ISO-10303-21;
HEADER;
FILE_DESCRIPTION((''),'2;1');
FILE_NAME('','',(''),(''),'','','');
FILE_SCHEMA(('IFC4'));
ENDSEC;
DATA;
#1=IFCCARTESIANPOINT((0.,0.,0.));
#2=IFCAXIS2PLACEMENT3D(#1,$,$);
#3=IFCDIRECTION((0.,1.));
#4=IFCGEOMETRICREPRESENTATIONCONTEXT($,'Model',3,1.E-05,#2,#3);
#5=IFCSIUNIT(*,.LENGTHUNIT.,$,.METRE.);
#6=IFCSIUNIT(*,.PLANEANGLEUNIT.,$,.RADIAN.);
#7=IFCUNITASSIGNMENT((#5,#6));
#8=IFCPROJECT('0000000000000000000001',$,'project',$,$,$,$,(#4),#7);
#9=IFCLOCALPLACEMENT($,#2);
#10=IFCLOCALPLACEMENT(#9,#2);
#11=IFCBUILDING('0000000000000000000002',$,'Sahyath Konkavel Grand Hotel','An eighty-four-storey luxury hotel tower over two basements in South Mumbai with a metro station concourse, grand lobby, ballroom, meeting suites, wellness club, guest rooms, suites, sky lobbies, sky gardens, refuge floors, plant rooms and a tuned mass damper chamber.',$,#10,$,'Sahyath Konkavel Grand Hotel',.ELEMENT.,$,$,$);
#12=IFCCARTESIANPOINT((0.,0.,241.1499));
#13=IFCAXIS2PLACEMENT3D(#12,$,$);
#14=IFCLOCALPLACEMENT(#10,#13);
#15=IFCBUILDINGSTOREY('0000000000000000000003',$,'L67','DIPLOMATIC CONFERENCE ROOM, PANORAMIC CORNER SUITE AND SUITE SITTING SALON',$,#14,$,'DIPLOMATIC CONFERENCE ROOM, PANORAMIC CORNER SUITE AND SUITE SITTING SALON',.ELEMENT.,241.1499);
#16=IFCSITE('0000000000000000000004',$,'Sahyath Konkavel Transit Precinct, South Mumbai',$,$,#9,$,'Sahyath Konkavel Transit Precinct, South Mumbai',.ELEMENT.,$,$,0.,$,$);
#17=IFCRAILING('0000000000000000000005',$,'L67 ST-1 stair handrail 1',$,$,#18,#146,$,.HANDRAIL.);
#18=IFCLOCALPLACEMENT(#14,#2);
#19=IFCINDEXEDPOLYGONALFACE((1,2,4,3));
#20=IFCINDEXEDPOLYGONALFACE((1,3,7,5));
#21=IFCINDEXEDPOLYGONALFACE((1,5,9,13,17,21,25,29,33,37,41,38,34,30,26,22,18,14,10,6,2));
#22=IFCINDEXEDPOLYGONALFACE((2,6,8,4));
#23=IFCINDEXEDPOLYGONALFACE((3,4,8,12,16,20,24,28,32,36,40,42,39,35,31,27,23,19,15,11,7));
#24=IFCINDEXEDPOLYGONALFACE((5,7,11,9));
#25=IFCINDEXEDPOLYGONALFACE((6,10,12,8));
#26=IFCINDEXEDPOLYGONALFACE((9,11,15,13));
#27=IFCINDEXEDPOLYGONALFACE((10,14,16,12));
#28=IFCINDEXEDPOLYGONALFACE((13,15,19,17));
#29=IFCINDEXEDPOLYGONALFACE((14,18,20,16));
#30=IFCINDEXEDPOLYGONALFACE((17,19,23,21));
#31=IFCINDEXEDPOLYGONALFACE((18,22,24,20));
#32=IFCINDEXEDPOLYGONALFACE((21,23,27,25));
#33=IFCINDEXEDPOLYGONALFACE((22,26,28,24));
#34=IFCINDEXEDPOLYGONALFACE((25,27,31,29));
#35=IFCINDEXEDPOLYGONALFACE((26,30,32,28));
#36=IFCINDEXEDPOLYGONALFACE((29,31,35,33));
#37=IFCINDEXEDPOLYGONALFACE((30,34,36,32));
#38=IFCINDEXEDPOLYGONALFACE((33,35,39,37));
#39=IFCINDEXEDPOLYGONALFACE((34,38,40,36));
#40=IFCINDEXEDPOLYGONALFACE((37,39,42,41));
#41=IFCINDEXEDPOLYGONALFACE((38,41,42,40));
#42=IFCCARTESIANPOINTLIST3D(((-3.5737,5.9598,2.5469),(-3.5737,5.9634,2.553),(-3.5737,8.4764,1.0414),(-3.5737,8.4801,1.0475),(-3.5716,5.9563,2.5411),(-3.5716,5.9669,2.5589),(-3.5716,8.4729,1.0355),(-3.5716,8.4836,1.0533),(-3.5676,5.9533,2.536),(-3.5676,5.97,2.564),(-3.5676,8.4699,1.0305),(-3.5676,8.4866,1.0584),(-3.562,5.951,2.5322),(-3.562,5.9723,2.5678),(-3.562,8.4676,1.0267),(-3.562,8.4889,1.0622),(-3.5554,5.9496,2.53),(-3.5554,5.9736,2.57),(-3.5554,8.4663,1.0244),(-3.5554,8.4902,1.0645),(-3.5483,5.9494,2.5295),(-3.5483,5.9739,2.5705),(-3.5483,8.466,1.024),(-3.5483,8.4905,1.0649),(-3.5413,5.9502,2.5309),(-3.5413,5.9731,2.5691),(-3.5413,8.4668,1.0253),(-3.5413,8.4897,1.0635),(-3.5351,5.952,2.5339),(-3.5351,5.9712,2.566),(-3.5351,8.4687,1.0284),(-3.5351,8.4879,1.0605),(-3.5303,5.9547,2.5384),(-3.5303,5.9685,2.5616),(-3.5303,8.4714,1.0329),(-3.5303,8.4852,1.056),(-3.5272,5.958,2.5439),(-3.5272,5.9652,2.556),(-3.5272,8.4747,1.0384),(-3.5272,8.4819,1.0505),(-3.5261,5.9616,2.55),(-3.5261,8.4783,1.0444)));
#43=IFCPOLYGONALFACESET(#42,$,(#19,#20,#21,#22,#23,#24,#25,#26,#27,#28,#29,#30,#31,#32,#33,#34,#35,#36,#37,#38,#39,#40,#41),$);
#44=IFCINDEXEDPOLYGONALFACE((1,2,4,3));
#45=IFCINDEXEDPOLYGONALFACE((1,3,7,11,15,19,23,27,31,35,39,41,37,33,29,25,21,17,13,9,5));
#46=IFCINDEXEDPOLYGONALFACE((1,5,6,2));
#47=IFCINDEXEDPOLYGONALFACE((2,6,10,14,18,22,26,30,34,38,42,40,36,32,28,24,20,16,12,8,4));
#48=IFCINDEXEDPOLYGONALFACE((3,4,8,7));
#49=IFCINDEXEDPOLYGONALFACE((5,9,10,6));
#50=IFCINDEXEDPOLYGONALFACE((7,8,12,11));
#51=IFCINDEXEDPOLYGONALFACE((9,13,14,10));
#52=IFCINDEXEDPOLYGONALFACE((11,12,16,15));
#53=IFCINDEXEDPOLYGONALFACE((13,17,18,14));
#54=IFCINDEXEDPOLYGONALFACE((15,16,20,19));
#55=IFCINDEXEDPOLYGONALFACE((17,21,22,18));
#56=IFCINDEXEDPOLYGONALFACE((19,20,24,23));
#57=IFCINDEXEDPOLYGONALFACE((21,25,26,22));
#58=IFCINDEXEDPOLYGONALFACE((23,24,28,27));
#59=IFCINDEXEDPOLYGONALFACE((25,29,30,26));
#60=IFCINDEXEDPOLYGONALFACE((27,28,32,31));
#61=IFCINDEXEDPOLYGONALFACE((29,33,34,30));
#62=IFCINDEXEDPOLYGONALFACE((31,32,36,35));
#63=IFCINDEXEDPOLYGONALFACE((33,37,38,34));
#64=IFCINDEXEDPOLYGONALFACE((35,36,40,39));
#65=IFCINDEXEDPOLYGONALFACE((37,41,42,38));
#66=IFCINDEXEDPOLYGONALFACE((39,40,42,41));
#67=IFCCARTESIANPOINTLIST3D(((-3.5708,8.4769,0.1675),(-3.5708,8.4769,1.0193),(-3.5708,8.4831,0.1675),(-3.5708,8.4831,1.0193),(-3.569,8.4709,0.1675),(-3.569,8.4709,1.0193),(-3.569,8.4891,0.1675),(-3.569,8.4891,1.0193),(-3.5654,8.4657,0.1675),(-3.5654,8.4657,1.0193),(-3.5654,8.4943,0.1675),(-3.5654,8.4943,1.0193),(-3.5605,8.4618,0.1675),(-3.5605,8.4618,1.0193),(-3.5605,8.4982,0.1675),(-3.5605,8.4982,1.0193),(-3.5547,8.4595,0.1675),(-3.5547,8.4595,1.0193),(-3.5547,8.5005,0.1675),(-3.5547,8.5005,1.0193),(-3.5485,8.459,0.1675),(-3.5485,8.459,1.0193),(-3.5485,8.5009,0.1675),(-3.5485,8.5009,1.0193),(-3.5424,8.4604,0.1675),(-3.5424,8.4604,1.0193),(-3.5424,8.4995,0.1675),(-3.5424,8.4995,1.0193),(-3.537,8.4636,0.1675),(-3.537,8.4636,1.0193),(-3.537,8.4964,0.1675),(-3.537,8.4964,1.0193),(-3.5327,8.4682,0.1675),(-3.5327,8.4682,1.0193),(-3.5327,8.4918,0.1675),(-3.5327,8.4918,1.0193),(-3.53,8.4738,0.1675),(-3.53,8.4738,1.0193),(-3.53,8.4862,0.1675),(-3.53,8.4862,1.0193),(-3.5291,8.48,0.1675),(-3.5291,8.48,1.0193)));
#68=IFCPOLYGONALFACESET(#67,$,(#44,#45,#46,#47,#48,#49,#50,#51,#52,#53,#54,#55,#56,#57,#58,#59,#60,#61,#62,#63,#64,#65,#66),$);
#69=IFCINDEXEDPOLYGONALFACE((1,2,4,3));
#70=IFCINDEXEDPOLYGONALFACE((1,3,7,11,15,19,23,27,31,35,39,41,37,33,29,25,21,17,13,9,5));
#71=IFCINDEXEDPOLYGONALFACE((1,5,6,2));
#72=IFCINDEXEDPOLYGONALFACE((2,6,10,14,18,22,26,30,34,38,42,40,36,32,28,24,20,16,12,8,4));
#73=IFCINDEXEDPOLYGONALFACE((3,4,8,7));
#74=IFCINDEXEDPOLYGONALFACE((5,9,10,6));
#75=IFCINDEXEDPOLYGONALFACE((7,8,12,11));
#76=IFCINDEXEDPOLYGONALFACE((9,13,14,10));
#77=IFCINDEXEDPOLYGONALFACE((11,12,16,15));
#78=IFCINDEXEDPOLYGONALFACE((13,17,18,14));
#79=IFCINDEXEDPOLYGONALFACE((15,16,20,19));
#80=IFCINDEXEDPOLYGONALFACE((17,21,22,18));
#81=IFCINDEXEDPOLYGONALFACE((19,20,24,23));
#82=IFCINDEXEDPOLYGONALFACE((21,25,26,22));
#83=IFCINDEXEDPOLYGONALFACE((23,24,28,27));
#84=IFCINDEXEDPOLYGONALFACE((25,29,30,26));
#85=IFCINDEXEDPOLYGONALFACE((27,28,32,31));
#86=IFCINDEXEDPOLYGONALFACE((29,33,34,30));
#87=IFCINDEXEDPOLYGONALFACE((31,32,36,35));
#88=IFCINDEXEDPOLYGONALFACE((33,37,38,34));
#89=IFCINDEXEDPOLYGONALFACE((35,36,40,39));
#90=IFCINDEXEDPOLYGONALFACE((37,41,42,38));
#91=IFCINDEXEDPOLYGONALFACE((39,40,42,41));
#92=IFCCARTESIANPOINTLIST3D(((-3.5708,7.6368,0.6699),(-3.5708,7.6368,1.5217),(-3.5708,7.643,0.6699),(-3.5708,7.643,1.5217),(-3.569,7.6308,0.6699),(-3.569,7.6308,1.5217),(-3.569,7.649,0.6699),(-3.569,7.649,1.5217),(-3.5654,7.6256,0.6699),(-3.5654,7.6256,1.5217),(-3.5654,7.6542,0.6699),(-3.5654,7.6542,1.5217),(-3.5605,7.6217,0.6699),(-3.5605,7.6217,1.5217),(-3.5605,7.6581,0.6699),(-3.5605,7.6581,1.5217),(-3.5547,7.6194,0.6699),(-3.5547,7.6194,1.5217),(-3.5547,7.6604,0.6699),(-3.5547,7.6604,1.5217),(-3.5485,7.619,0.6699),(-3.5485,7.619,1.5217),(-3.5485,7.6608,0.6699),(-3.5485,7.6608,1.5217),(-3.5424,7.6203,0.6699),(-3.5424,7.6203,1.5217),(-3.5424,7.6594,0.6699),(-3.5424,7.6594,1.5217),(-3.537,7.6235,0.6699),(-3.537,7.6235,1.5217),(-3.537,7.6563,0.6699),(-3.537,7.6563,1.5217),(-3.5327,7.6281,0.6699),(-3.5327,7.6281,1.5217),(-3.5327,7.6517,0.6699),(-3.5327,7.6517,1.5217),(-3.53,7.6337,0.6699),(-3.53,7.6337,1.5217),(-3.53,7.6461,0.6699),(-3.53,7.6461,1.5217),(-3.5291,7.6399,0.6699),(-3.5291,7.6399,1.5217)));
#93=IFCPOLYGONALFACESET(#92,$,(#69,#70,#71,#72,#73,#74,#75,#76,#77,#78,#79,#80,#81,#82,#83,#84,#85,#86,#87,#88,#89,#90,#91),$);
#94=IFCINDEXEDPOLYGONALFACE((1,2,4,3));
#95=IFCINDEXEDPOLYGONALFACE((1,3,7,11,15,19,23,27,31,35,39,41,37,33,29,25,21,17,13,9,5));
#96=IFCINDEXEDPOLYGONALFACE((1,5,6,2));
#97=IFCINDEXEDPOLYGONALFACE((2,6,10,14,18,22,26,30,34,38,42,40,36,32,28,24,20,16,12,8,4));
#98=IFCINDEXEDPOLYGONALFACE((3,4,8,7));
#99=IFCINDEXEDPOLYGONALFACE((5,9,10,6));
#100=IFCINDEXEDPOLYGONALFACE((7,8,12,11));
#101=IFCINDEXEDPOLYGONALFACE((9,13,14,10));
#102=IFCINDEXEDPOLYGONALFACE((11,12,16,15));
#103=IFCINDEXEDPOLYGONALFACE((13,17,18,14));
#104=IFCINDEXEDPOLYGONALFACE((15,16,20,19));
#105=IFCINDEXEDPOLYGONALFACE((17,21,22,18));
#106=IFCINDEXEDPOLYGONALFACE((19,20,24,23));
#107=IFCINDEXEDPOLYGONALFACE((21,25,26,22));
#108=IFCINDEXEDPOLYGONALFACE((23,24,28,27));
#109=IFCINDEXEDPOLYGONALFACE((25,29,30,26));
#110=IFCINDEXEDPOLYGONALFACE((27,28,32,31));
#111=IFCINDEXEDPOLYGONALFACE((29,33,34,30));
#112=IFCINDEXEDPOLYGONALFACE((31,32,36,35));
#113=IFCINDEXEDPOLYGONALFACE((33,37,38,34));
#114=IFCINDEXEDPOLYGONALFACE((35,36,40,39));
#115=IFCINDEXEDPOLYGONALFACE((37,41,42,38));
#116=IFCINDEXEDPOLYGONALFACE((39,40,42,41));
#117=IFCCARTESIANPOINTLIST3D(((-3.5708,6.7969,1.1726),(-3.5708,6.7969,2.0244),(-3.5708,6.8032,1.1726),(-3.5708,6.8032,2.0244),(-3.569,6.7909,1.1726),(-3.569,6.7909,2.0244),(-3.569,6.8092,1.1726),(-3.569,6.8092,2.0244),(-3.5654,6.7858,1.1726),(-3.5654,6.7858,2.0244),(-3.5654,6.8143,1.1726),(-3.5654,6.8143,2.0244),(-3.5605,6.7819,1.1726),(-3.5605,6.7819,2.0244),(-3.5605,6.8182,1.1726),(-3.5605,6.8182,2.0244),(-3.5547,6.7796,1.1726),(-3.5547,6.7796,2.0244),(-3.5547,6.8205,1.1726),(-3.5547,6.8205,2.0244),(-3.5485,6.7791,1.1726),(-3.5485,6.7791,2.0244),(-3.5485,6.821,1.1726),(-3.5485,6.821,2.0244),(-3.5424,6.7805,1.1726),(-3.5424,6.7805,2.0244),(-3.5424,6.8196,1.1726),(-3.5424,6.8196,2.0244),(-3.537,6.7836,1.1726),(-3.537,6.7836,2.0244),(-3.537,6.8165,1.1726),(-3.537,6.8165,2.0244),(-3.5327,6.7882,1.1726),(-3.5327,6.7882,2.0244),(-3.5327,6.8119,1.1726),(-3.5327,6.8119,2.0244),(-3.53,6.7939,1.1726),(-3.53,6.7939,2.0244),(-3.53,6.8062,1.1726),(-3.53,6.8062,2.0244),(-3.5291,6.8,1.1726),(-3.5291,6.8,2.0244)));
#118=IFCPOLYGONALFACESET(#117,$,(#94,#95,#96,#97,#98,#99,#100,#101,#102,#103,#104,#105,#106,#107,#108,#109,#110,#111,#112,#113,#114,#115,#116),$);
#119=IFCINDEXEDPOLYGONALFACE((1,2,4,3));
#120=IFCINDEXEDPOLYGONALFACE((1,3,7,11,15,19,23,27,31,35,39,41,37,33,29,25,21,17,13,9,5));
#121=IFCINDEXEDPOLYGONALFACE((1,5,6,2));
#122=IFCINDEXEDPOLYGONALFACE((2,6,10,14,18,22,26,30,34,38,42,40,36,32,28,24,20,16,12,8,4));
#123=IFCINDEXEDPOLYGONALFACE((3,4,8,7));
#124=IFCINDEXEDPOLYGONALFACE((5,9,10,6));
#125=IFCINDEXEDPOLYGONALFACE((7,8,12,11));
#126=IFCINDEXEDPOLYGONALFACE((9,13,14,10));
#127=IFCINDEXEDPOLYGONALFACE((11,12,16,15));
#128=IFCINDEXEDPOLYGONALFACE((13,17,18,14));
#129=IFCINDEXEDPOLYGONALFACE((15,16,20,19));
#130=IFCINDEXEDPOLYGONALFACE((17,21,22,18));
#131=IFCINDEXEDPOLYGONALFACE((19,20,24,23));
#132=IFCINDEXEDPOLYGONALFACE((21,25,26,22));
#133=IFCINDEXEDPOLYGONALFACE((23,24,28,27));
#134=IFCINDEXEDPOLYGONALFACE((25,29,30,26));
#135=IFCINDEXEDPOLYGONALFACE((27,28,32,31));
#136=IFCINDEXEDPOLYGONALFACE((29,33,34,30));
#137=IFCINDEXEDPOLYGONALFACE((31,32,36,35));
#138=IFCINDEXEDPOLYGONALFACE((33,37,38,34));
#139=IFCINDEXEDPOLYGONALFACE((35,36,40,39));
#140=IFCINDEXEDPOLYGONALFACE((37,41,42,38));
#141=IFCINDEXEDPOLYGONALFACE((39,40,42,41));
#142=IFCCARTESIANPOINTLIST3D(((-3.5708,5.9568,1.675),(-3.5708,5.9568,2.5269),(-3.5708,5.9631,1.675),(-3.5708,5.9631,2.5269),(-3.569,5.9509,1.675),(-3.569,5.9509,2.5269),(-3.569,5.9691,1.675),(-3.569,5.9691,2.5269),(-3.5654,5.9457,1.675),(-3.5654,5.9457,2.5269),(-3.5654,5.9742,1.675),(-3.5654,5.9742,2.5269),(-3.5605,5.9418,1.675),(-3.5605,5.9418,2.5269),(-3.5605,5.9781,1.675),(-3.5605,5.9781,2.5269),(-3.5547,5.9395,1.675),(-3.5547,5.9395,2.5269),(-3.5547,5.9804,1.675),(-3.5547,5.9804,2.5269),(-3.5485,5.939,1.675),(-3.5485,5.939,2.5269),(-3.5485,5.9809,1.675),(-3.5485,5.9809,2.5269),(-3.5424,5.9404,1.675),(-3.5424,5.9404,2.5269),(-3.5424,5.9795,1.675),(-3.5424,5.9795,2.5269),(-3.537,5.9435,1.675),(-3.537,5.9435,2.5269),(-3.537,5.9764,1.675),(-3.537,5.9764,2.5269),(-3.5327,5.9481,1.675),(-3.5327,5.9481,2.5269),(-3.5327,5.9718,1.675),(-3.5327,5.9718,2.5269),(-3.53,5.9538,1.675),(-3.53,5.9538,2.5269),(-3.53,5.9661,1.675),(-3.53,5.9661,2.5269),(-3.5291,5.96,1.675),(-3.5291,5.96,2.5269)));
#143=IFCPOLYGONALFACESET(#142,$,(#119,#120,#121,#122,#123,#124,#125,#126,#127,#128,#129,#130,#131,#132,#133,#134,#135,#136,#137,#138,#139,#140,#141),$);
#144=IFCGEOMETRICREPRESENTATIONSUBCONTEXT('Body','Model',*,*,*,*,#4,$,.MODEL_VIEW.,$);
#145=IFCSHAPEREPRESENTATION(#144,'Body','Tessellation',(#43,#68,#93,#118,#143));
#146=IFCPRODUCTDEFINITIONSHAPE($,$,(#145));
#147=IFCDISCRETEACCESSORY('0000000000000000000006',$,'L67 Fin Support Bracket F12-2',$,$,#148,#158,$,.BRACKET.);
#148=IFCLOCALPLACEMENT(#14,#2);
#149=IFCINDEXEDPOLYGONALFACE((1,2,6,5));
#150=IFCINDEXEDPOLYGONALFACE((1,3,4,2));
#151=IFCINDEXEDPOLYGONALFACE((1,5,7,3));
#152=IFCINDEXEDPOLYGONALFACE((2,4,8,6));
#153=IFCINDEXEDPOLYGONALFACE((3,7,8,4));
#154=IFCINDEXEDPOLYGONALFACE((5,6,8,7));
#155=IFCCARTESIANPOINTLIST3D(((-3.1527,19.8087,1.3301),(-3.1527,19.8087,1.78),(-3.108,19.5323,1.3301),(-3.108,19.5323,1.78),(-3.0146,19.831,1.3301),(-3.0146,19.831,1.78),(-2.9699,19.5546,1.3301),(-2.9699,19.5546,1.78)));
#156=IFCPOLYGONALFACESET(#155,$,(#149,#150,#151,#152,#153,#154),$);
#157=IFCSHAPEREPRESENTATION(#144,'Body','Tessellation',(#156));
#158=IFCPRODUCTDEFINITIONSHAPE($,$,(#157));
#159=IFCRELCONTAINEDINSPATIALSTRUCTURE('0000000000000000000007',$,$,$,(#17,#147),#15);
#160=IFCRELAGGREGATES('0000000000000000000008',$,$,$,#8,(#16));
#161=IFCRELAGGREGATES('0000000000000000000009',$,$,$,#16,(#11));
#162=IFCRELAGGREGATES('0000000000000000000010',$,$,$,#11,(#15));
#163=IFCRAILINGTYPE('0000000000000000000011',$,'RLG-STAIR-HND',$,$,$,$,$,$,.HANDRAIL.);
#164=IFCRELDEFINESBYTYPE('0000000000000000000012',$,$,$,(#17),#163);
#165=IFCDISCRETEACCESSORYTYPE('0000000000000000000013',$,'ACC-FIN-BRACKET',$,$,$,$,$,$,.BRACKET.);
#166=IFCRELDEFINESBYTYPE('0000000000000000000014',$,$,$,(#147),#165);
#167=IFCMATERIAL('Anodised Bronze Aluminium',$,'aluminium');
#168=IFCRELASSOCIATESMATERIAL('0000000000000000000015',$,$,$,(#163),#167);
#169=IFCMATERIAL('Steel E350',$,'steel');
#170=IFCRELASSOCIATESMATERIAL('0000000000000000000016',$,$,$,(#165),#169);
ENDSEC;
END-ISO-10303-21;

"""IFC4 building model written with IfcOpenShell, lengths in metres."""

from ifc_helpers import new_model, si_unit, direction, frame, origin, origin_2d, place, context, subcontext, project, spatial, rectangle, circle, extrude, source, transform, mapped, material, type_object, element, save


model = new_model("IFC4")

# Units and contexts
model_context = context("Model", 3, precision=1e-05, world=origin(), true_north=direction((0.0, 1.0)))
body_context = subcontext(model_context, "Body", "Model", "MODEL_VIEW")
ifc_project = project(units=[si_unit("LENGTHUNIT", "METRE"), si_unit("PLANEANGLEUNIT", "RADIAN")], contexts=[model_context])

# Site, building, storey
site_placement = place(None, origin())
site = spatial("IfcSite", under=ifc_project, at=site_placement, Name="Sahyath Konkavel Transit Precinct, South Mumbai", LongName="Sahyath Konkavel Transit Precinct, South Mumbai", CompositionType="ELEMENT", RefElevation=0.0)
building_placement = place(site_placement, origin())
building = spatial("IfcBuilding", under=site, at=building_placement, Name="Sahyath Konkavel Grand Hotel", Description="An eighty-four-storey luxury hotel tower over two basements in South Mumbai with a metro station concourse, grand lobby, ballroom, meeting suites, wellness club, guest rooms, suites, sky lobbies, sky gardens, refuge floors, plant rooms and a tuned mass damper chamber.", LongName="Sahyath Konkavel Grand Hotel", CompositionType="ELEMENT")
storey_placement = place(building_placement, frame((0.0, 0.0, 241.1499)))
storey = spatial("IfcBuildingStorey", under=building, at=storey_placement, Name="L67", Description="DIPLOMATIC CONFERENCE ROOM, PANORAMIC CORNER SUITE AND SUITE SITTING SALON", LongName="DIPLOMATIC CONFERENCE ROOM, PANORAMIC CORNER SUITE AND SUITE SITTING SALON", CompositionType="ELEMENT", Elevation=241.1499)

# Shared definitions
ifc_material_1 = material(Name="Steel E350", Category="steel")

# Shared definitions
ifc_material_2 = material(Name="Anodised Bronze Aluminium", Category="aluminium")

# Railing
railing_type_1 = type_object("IfcRailingType", Name="RLG-STAIR-HND", PredefinedType="HANDRAIL", material=ifc_material_2)
railing_1_placement = place(storey_placement, frame((-3.55, 8.48, 0.1675)))
element("IfcRailing", 1, at=railing_1_placement, inside=storey, type_object=railing_type_1, Name="L67 ST-1 stair handrail 1", PredefinedType="HANDRAIL", context=body_context, shape_type="SweptSolid", body=[
    extrude(circle(Radius=0.0239, at=origin_2d()), frame((0.0, -0.0017, 0.877), z_axis=(0.0, -0.85816, 0.513383), x_axis=(1.0, 0.0, 0.0)), (0.0, 0.0, 1.0), 2.9326),
    extrude(circle(Radius=0.021, at=origin_2d()), origin(), (0.0, 0.0, 1.0), 0.8518),
    extrude(circle(Radius=0.021, at=origin_2d()), frame((0.0, -0.8401, 0.5024)), (0.0, 0.0, 1.0), 0.8518),
    extrude(circle(Radius=0.021, at=origin_2d()), frame((0.0, -1.6799, 1.0051)), (0.0, 0.0, 1.0), 0.8518),
    extrude(circle(Radius=0.021, at=origin_2d()), frame((0.0, -2.52, 1.5076)), (0.0, 0.0, 1.0), 0.8518),
])

# Discrete accessory
discrete_accessory_type = type_object("IfcDiscreteAccessoryType", Name="ACC-FIN-BRACKET", PredefinedType="BRACKET", material=ifc_material_1)
shared_shape_1 = source(origin(), body_context, "Body", "SweptSolid", [
    extrude(rectangle(XDim=0.28, YDim=0.1399, at=origin_2d()), origin(), (0.0, 0.0, 1.0), 0.45),
])
discrete_accessory_placement = place(storey_placement, frame((-3.0613, 19.6816, 1.3301), z_axis=(0.0, 0.0, 1.0), x_axis=(-0.159485, 0.9872, 0.0)))
element("IfcDiscreteAccessory", 2, at=discrete_accessory_placement, inside=storey, type_object=discrete_accessory_type, Name="L67 Fin Support Bracket F12-2", PredefinedType="BRACKET", context=body_context, shape_type="MappedRepresentation", body=[
    mapped(shared_shape_1, transform((0.0, 0.0, 0.0), scale=1.0)),
])

save(model, "model.ifc")
